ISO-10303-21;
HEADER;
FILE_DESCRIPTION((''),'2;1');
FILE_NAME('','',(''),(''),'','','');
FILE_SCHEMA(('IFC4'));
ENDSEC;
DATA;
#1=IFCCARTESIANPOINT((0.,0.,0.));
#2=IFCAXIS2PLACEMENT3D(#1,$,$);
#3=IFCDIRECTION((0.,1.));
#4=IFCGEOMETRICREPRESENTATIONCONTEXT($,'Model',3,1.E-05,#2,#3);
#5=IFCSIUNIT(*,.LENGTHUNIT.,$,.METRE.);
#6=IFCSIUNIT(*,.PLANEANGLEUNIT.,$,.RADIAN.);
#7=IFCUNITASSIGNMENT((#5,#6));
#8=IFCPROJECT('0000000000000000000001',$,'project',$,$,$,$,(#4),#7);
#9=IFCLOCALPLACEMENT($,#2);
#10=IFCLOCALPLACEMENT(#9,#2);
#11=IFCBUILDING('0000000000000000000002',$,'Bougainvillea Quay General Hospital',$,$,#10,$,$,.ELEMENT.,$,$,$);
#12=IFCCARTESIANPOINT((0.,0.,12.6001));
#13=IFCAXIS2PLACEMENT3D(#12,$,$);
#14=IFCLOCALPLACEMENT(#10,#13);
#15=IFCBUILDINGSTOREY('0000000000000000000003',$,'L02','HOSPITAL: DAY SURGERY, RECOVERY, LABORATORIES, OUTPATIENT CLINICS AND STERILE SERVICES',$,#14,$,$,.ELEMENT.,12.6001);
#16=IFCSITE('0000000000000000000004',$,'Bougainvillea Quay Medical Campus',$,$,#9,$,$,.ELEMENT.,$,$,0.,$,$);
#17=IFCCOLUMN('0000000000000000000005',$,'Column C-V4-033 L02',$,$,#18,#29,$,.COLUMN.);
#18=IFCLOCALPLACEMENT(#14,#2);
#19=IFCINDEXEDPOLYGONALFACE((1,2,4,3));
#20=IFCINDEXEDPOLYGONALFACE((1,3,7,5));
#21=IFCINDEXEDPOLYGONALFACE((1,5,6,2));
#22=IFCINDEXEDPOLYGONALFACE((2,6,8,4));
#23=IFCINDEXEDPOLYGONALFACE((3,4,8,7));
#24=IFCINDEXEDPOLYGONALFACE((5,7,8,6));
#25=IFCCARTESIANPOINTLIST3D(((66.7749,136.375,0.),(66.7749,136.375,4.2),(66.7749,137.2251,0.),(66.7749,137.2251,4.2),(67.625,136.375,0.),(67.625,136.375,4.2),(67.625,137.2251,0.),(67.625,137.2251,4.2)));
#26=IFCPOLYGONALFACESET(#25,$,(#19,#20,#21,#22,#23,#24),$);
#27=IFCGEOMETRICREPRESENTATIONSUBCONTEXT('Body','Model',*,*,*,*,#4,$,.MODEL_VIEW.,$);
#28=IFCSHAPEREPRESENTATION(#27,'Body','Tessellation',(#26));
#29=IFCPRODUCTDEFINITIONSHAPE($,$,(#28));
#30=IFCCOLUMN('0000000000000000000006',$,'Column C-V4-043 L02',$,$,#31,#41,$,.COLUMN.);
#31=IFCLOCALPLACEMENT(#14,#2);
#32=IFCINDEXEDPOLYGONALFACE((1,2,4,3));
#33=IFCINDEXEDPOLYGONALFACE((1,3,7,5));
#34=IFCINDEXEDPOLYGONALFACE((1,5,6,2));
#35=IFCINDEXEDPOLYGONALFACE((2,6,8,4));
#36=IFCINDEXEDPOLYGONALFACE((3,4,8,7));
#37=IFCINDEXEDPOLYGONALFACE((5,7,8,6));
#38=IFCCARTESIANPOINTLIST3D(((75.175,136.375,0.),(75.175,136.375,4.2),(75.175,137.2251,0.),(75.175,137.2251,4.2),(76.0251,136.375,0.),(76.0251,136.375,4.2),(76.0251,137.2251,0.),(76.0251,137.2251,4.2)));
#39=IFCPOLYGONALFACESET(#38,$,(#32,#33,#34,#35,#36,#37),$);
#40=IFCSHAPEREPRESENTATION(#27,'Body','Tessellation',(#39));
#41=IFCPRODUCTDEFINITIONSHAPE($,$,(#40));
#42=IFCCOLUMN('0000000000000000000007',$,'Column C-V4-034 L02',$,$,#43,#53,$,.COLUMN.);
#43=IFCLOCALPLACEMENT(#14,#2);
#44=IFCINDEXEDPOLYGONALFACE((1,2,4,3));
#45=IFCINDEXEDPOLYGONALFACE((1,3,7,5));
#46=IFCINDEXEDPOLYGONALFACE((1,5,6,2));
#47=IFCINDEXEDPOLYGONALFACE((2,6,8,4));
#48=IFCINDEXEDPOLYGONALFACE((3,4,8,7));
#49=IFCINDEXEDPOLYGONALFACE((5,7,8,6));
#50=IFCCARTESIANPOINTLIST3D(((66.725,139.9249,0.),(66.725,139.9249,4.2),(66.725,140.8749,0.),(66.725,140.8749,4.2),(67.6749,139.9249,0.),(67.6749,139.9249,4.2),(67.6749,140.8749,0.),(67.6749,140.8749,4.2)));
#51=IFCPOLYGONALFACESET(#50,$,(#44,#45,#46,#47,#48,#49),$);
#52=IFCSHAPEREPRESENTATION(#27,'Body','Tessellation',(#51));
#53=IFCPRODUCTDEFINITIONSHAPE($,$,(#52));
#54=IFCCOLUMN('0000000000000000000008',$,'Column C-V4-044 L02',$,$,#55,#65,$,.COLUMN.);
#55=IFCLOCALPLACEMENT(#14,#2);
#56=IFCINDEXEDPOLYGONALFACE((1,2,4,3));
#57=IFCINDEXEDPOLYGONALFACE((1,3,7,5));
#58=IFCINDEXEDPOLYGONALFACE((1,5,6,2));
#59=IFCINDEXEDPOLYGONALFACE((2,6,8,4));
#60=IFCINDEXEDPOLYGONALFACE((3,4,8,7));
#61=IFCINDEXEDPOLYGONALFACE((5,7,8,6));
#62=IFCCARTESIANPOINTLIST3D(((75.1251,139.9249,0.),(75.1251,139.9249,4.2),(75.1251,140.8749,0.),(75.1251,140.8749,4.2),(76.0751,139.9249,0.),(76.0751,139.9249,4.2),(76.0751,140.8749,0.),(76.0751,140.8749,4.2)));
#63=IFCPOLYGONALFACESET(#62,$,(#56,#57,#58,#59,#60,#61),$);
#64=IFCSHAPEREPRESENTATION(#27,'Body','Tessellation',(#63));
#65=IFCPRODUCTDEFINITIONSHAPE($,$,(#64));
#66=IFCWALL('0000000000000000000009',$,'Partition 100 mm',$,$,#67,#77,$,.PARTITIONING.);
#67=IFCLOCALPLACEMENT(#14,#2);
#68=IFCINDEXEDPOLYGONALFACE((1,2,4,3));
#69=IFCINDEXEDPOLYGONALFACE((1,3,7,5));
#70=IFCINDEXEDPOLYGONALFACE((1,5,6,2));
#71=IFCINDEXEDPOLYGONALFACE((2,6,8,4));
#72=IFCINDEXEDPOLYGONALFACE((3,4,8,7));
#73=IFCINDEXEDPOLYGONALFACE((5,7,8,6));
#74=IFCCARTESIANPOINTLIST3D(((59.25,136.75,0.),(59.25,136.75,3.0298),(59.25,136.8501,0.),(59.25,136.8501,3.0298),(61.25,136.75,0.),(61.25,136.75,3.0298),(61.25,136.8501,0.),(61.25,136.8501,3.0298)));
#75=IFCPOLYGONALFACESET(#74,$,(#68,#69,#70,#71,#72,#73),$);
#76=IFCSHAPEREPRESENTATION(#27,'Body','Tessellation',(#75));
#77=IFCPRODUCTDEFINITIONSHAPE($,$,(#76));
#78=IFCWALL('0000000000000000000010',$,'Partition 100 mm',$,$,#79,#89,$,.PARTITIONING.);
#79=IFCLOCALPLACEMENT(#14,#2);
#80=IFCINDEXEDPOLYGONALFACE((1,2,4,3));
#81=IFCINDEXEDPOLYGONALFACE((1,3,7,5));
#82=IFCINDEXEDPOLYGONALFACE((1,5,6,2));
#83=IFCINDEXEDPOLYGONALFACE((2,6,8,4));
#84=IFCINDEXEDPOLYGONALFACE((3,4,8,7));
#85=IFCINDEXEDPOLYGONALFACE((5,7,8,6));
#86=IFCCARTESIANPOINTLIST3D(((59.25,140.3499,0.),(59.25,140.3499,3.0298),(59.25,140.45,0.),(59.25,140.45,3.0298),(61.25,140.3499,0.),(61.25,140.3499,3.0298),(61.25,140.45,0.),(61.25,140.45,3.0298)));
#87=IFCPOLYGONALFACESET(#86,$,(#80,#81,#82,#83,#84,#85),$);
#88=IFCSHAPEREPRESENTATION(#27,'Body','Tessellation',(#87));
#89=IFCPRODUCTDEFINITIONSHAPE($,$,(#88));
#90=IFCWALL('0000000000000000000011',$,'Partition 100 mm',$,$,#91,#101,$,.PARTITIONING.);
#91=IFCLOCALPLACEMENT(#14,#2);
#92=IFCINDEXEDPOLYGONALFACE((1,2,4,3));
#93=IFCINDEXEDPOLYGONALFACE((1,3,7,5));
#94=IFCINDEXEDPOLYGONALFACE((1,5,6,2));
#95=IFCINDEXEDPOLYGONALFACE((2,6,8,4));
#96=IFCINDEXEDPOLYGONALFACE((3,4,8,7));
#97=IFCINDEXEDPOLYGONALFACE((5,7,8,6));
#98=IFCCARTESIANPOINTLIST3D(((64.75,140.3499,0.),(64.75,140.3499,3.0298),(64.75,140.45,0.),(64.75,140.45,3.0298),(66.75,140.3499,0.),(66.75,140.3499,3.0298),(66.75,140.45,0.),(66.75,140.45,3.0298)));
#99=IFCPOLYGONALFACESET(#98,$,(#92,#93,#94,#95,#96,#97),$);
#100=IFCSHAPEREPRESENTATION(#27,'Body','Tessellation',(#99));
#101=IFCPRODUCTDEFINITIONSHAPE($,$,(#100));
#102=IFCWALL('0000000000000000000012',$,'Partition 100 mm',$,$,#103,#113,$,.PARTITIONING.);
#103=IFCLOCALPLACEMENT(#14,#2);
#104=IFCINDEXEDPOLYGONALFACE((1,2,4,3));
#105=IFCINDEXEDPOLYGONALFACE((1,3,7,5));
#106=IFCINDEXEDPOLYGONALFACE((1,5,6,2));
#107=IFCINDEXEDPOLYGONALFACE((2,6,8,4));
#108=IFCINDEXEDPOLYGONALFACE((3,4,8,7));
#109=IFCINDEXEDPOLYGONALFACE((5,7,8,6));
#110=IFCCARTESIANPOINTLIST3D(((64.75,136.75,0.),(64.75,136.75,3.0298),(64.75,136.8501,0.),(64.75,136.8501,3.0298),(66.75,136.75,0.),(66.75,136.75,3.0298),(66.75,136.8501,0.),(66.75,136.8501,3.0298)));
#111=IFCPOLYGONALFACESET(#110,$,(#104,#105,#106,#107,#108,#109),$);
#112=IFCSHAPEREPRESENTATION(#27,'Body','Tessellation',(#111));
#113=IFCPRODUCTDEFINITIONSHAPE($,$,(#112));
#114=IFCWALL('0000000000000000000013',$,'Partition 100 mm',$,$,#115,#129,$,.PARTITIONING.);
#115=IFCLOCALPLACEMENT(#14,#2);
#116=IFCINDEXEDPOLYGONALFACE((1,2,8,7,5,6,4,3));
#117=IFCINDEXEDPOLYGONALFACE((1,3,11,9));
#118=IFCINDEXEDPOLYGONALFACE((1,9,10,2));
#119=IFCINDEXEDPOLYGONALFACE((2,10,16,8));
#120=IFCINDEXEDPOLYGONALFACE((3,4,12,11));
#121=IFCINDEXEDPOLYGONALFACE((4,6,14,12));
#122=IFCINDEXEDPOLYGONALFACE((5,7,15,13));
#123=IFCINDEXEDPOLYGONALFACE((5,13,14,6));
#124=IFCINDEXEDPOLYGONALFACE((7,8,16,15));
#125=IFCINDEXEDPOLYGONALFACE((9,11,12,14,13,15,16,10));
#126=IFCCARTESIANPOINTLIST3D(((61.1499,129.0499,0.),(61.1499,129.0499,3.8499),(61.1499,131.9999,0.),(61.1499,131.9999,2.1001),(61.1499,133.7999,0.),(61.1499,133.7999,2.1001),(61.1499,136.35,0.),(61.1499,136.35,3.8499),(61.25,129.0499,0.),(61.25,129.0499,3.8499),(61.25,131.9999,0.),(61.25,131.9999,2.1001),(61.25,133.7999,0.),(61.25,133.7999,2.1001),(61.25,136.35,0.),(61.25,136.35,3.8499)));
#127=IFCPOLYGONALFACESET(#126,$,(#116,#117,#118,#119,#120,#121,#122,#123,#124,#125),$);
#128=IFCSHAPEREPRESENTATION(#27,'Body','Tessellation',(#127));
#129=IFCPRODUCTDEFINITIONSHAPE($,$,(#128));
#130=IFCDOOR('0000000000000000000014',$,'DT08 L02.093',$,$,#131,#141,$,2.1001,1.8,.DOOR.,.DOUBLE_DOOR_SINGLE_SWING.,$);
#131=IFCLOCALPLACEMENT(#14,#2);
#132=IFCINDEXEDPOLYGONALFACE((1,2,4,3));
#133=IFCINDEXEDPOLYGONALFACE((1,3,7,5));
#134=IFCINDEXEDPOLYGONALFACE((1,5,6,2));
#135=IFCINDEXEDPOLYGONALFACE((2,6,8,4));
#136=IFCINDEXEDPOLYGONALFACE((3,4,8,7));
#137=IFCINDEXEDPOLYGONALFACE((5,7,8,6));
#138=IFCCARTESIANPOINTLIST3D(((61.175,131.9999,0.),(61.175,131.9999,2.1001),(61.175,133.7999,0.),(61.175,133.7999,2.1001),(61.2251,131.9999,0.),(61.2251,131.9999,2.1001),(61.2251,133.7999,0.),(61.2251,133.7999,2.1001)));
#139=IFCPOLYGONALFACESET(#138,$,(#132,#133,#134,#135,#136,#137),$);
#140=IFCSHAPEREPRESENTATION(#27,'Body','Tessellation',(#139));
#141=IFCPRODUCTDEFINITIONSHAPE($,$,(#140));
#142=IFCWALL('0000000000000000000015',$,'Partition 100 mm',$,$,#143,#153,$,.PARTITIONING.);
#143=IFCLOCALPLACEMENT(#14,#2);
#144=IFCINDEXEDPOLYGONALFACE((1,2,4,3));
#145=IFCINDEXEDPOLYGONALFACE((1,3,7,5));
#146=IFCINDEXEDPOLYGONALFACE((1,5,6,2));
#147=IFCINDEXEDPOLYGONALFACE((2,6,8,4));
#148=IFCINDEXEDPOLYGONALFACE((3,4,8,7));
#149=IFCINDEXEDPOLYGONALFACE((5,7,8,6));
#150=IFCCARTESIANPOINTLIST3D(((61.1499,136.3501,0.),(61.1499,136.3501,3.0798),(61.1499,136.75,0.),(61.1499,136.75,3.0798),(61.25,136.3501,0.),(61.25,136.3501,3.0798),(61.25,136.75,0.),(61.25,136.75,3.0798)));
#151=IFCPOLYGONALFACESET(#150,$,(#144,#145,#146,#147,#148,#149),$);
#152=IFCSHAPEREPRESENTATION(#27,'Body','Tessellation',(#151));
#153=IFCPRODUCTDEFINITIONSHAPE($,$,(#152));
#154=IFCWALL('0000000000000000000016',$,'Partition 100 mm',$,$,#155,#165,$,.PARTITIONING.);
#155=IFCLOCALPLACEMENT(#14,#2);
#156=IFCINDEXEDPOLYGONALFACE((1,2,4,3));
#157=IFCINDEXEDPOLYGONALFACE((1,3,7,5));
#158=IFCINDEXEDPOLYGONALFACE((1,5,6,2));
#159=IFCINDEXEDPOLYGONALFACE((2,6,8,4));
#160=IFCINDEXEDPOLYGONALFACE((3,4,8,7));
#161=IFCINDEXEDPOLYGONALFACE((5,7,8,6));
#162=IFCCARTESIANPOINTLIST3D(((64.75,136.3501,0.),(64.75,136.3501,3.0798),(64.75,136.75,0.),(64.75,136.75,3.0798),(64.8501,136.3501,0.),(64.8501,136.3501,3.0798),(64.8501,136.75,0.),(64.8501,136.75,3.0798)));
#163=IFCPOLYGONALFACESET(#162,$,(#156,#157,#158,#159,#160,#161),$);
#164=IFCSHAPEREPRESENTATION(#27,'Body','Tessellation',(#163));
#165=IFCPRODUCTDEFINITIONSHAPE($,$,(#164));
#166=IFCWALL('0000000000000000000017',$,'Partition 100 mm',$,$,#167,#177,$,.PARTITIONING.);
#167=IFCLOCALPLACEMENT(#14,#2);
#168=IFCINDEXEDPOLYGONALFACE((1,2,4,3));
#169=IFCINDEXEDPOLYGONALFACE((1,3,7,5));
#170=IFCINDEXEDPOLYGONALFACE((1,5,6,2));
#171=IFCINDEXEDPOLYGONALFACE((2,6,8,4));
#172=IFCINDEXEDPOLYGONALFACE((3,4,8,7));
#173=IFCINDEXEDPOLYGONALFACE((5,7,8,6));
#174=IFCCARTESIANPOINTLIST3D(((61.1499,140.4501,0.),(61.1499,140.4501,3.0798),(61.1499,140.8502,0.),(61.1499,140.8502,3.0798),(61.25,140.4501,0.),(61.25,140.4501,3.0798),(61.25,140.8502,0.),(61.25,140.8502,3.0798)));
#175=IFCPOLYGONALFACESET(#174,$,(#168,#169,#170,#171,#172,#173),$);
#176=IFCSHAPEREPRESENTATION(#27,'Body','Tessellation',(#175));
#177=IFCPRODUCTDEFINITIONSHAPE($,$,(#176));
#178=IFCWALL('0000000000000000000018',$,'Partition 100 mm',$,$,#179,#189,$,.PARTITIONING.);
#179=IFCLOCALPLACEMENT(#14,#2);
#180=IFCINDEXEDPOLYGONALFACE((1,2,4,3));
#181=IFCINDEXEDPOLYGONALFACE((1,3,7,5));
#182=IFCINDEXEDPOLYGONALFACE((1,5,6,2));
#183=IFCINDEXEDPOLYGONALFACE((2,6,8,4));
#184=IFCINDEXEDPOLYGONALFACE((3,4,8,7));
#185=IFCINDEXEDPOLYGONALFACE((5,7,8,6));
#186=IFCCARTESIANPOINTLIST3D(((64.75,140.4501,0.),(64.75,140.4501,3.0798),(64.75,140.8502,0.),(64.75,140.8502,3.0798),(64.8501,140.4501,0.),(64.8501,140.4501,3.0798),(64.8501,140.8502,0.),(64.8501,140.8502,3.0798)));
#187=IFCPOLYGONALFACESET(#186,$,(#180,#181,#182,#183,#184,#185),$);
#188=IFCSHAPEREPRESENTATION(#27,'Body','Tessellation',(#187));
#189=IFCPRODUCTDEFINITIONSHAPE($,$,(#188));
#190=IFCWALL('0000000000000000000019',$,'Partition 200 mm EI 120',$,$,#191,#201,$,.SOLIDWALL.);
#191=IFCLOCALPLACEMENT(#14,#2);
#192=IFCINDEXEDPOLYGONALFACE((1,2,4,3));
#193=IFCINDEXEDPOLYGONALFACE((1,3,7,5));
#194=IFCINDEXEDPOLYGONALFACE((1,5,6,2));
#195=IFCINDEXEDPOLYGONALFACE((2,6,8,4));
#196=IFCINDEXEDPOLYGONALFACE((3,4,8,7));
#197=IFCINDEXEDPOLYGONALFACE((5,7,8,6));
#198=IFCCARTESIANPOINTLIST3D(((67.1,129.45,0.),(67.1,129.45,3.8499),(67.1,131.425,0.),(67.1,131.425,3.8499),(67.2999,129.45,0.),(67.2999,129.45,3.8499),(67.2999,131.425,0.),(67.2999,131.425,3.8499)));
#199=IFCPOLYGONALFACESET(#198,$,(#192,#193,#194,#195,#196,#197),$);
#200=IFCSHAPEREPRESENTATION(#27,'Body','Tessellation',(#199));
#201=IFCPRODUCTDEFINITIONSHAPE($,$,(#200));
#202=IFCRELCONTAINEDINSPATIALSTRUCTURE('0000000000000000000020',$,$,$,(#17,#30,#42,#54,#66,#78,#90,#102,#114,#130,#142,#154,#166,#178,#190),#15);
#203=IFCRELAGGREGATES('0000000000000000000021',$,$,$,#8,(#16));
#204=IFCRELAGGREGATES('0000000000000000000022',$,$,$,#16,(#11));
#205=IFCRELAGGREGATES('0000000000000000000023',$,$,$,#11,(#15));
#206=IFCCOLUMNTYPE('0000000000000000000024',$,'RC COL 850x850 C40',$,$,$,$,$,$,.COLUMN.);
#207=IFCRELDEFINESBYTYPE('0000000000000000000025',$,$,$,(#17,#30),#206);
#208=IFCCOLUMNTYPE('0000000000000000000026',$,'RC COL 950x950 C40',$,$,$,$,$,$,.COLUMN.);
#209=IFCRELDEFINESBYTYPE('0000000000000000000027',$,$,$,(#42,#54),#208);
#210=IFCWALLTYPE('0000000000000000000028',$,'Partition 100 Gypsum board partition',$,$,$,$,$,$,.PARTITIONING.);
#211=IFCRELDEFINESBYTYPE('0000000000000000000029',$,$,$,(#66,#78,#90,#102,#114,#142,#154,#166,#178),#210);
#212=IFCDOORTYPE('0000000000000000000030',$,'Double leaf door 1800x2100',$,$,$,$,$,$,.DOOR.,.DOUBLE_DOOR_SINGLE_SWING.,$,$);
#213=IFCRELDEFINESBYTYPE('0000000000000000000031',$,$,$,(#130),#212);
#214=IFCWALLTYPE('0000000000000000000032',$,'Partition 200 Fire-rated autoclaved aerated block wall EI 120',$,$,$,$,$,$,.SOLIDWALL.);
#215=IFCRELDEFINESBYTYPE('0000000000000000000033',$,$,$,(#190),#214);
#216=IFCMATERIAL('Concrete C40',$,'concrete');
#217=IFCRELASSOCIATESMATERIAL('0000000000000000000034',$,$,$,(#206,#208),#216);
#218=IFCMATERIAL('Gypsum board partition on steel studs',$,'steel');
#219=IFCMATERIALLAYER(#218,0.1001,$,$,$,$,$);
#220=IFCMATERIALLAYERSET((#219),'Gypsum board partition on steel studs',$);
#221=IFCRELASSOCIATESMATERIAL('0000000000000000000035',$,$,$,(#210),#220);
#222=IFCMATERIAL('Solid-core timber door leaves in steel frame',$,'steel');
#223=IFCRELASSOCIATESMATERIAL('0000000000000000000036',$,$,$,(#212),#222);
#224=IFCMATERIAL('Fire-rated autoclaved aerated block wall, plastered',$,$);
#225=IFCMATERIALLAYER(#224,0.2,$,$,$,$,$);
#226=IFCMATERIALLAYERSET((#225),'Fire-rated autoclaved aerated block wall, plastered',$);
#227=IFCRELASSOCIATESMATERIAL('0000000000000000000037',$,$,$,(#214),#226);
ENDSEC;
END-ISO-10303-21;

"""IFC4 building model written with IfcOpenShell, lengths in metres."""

from ifc_helpers import new_model, si_unit, direction, frame, frame_2d, origin, origin_2d, place, context, subcontext, project, spatial, rectangle, extrude, material, layer, layer_set, material_profile, profile_set, type_object, element, fill, save


model = new_model("IFC4")

# Units and contexts
model_context = context("Model", 3, precision=1e-05, world=origin(), true_north=direction((0.0, 1.0)))
body_context = subcontext(model_context, "Body", "Model", "MODEL_VIEW")
ifc_project = project(units=[si_unit("LENGTHUNIT", "METRE"), si_unit("PLANEANGLEUNIT", "RADIAN")], contexts=[model_context])

# Site, building, storey
site_placement = place(None, origin())
site = spatial("IfcSite", under=ifc_project, at=site_placement, Name="Bougainvillea Quay Medical Campus", CompositionType="ELEMENT", RefElevation=0.0)
building_placement = place(site_placement, origin())
building = spatial("IfcBuilding", under=site, at=building_placement, Name="Bougainvillea Quay General Hospital", CompositionType="ELEMENT")
storey_placement = place(building_placement, frame((0.0, 0.0, 12.6001)))
storey = spatial("IfcBuildingStorey", under=building, at=storey_placement, Name="L02", Description="HOSPITAL: DAY SURGERY, RECOVERY, LABORATORIES, OUTPATIENT CLINICS AND STERILE SERVICES", CompositionType="ELEMENT", Elevation=12.6001)

# Columns
ifc_material_1 = material(Name="Concrete C40", Category="concrete")
ifc_material_profile_1 = material_profile(ifc_material_1, rectangle(XDim=0.8501, YDim=0.8501, at=origin_2d()))
ifc_profile_set_1 = profile_set([ifc_material_profile_1], Name="Concrete C40")
column_type_1 = type_object("IfcColumnType", Name="RC COL 850x850 C40", PredefinedType="COLUMN", material=ifc_profile_set_1)
for number, where, z_axis, x_axis, name in (
    (1, (67.2, 136.8, 0.0), (0.0, 0.0, 1.0), (1.0, 0.0, 0.0), "Column C-V4-033 L02"),
    (2, (75.6001, 136.8, 0.0), (0.0, 0.0, 1.0), (1.0, 0.0, 0.0), "Column C-V4-043 L02"),
):
    element("IfcColumn", number, at=place(storey_placement, frame(where, z_axis=z_axis, x_axis=x_axis)), inside=storey, type_object=column_type_1, Name=name, PredefinedType="COLUMN", context=body_context, shape_type="SweptSolid", body=[
        extrude(rectangle(XDim=0.8501, YDim=0.8501, at=origin_2d()), origin(), (0.0, 0.0, 1.0), 4.2),
    ])
ifc_material_profile_2 = material_profile(ifc_material_1, rectangle(XDim=0.95, YDim=0.95, at=origin_2d()))
ifc_profile_set_2 = profile_set([ifc_material_profile_2], Name="Concrete C40")
column_type_2 = type_object("IfcColumnType", Name="RC COL 950x950 C40", PredefinedType="COLUMN", material=ifc_profile_set_2)
for number, where, z_axis, x_axis, name in (
    (3, (67.2, 140.3999, 0.0), (0.0, 0.0, 1.0), (1.0, 0.0, 0.0), "Column C-V4-034 L02"),
    (4, (75.6001, 140.3999, 0.0), (0.0, 0.0, 1.0), (1.0, 0.0, 0.0), "Column C-V4-044 L02"),
):
    element("IfcColumn", number, at=place(storey_placement, frame(where, z_axis=z_axis, x_axis=x_axis)), inside=storey, type_object=column_type_2, Name=name, PredefinedType="COLUMN", context=body_context, shape_type="SweptSolid", body=[
        extrude(rectangle(XDim=0.95, YDim=0.95, at=origin_2d()), origin(), (0.0, 0.0, 1.0), 4.2),
    ])

# Walls
ifc_material_2 = material(Name="Gypsum board partition on steel studs", Category="steel")
ifc_layer_1 = layer(ifc_material_2, 0.1001)
ifc_layer_set_1 = layer_set([ifc_layer_1], Name="Gypsum board partition on steel studs")
wall_type_1 = type_object("IfcWallType", Name="Partition 100 Gypsum board partition", PredefinedType="PARTITIONING", material=ifc_layer_set_1)
for number, where, z_axis, x_axis, name in (
    (5, (61.25, 136.8, 0.0), (0.0, 0.0, 1.0), (-1.0, 0.0, 0.0), "Partition 100 mm"),
    (6, (61.25, 140.3999, 0.0), (0.0, 0.0, 1.0), (-1.0, 0.0, 0.0), "Partition 100 mm"),
    (7, (66.75, 140.3999, 0.0), (0.0, 0.0, 1.0), (-1.0, 0.0, 0.0), "Partition 100 mm"),
    (8, (66.75, 136.8, 0.0), (0.0, 0.0, 1.0), (-1.0, 0.0, 0.0), "Partition 100 mm"),
):
    element("IfcWall", number, at=place(storey_placement, frame(where, z_axis=z_axis, x_axis=x_axis)), inside=storey, type_object=wall_type_1, Name=name, PredefinedType="PARTITIONING", context=body_context, shape_type="SweptSolid", body=[
        extrude(rectangle(XDim=2.0, YDim=0.1001, at=frame_2d((1.0, 0.0))), origin(), (0.0, 0.0, 1.0), 3.0298),
    ])

# Wall, opening, door
wall_1_placement = place(storey_placement, frame((61.2, 129.05, 0.0), z_axis=(0.0, 0.0, 1.0), x_axis=(0.0, 1.0, 0.0)))
wall_1 = element("IfcWall", 9, at=wall_1_placement, inside=storey, type_object=wall_type_1, Name="Partition 100 mm", PredefinedType="PARTITIONING", context=body_context, shape_type="SweptSolid", body=[
    extrude(rectangle(XDim=7.3, YDim=0.1001, at=frame_2d((3.6499, 0.0))), origin(), (0.0, 0.0, 1.0), 3.8499),
])
opening_1_placement = place(wall_1_placement, frame((2.95, 0.0, 0.0)))
opening_1 = element("IfcOpeningElement", 10, at=opening_1_placement, cuts=wall_1, PredefinedType="OPENING", context=body_context, shape_type="SweptSolid", body=[
    extrude(rectangle(XDim=1.8, YDim=2.1001, at=frame_2d((0.8999, 1.05))), frame((0.0, 0.0601, 0.0), z_axis=(0.0, -1.0, 0.0), x_axis=(1.0, 0.0, 0.0)), (0.0, 0.0, 1.0), 0.1201),
])
ifc_material_3 = material(Name="Solid-core timber door leaves in steel frame", Category="steel")
door_type_1 = type_object("IfcDoorType", Name="Double leaf door 1800x2100", OperationType="DOUBLE_DOOR_SINGLE_SWING", PredefinedType="DOOR", material=ifc_material_3)
door_1_placement = place(opening_1_placement, origin())
door_1 = element("IfcDoor", 11, at=door_1_placement, inside=storey, type_object=door_type_1, Name="DT08 L02.093", OperationType="DOUBLE_DOOR_SINGLE_SWING", OverallHeight=2.1001, OverallWidth=1.8, PredefinedType="DOOR", context=body_context, shape_type="SweptSolid", body=[
    extrude(rectangle(XDim=1.8, YDim=2.1001, at=frame_2d((0.8999, 1.05))), frame((0.0, 0.0249, 0.0), z_axis=(0.0, -1.0, 0.0), x_axis=(1.0, 0.0, 0.0)), (0.0, 0.0, 1.0), 0.05),
])
fill(opening_1, door_1)

# Walls
for number, where, z_axis, x_axis, name in (
    (12, (61.2, 136.3501, 0.0), (0.0, 0.0, 1.0), (0.0, 1.0, 0.0), "Partition 100 mm"),
    (13, (64.8, 136.3501, 0.0), (0.0, 0.0, 1.0), (0.0, 1.0, 0.0), "Partition 100 mm"),
):
    element("IfcWall", number, at=place(storey_placement, frame(where, z_axis=z_axis, x_axis=x_axis)), inside=storey, type_object=wall_type_1, Name=name, PredefinedType="PARTITIONING", context=body_context, shape_type="SweptSolid", body=[
        extrude(rectangle(XDim=0.3999, YDim=0.1001, at=frame_2d((0.2, 0.0))), origin(), (0.0, 0.0, 1.0), 3.0798),
    ])
for number, where, z_axis, x_axis, name in (
    (14, (61.2, 140.45, 0.0), (0.0, 0.0, 1.0), (0.0, 1.0, 0.0), "Partition 100 mm"),
    (15, (64.8, 140.45, 0.0), (0.0, 0.0, 1.0), (0.0, 1.0, 0.0), "Partition 100 mm"),
):
    element("IfcWall", number, at=place(storey_placement, frame(where, z_axis=z_axis, x_axis=x_axis)), inside=storey, type_object=wall_type_1, Name=name, PredefinedType="PARTITIONING", context=body_context, shape_type="SweptSolid", body=[
        extrude(rectangle(XDim=0.4001, YDim=0.1001, at=frame_2d((0.2002, 0.0))), origin(), (0.0, 0.0, 1.0), 3.0798),
    ])
ifc_material_4 = material(Name="Fire-rated autoclaved aerated block wall, plastered")
ifc_layer_2 = layer(ifc_material_4, 0.2)
ifc_layer_set_2 = layer_set([ifc_layer_2], Name="Fire-rated autoclaved aerated block wall, plastered")
wall_type_2 = type_object("IfcWallType", Name="Partition 200 Fire-rated autoclaved aerated block wall EI 120", PredefinedType="SOLIDWALL", material=ifc_layer_set_2)
for number, where, z_axis, x_axis, name in (
    (16, (67.2, 129.45, 0.0), (0.0, 0.0, 1.0), (0.0, 1.0, 0.0), "Partition 200 mm EI 120"),
):
    element("IfcWall", number, at=place(storey_placement, frame(where, z_axis=z_axis, x_axis=x_axis)), inside=storey, type_object=wall_type_2, Name=name, PredefinedType="SOLIDWALL", context=body_context, shape_type="SweptSolid", body=[
        extrude(rectangle(XDim=1.9751, YDim=0.2, at=frame_2d((0.9875, 0.0))), origin(), (0.0, 0.0, 1.0), 3.8499),
    ])

save(model, "model.ifc")
